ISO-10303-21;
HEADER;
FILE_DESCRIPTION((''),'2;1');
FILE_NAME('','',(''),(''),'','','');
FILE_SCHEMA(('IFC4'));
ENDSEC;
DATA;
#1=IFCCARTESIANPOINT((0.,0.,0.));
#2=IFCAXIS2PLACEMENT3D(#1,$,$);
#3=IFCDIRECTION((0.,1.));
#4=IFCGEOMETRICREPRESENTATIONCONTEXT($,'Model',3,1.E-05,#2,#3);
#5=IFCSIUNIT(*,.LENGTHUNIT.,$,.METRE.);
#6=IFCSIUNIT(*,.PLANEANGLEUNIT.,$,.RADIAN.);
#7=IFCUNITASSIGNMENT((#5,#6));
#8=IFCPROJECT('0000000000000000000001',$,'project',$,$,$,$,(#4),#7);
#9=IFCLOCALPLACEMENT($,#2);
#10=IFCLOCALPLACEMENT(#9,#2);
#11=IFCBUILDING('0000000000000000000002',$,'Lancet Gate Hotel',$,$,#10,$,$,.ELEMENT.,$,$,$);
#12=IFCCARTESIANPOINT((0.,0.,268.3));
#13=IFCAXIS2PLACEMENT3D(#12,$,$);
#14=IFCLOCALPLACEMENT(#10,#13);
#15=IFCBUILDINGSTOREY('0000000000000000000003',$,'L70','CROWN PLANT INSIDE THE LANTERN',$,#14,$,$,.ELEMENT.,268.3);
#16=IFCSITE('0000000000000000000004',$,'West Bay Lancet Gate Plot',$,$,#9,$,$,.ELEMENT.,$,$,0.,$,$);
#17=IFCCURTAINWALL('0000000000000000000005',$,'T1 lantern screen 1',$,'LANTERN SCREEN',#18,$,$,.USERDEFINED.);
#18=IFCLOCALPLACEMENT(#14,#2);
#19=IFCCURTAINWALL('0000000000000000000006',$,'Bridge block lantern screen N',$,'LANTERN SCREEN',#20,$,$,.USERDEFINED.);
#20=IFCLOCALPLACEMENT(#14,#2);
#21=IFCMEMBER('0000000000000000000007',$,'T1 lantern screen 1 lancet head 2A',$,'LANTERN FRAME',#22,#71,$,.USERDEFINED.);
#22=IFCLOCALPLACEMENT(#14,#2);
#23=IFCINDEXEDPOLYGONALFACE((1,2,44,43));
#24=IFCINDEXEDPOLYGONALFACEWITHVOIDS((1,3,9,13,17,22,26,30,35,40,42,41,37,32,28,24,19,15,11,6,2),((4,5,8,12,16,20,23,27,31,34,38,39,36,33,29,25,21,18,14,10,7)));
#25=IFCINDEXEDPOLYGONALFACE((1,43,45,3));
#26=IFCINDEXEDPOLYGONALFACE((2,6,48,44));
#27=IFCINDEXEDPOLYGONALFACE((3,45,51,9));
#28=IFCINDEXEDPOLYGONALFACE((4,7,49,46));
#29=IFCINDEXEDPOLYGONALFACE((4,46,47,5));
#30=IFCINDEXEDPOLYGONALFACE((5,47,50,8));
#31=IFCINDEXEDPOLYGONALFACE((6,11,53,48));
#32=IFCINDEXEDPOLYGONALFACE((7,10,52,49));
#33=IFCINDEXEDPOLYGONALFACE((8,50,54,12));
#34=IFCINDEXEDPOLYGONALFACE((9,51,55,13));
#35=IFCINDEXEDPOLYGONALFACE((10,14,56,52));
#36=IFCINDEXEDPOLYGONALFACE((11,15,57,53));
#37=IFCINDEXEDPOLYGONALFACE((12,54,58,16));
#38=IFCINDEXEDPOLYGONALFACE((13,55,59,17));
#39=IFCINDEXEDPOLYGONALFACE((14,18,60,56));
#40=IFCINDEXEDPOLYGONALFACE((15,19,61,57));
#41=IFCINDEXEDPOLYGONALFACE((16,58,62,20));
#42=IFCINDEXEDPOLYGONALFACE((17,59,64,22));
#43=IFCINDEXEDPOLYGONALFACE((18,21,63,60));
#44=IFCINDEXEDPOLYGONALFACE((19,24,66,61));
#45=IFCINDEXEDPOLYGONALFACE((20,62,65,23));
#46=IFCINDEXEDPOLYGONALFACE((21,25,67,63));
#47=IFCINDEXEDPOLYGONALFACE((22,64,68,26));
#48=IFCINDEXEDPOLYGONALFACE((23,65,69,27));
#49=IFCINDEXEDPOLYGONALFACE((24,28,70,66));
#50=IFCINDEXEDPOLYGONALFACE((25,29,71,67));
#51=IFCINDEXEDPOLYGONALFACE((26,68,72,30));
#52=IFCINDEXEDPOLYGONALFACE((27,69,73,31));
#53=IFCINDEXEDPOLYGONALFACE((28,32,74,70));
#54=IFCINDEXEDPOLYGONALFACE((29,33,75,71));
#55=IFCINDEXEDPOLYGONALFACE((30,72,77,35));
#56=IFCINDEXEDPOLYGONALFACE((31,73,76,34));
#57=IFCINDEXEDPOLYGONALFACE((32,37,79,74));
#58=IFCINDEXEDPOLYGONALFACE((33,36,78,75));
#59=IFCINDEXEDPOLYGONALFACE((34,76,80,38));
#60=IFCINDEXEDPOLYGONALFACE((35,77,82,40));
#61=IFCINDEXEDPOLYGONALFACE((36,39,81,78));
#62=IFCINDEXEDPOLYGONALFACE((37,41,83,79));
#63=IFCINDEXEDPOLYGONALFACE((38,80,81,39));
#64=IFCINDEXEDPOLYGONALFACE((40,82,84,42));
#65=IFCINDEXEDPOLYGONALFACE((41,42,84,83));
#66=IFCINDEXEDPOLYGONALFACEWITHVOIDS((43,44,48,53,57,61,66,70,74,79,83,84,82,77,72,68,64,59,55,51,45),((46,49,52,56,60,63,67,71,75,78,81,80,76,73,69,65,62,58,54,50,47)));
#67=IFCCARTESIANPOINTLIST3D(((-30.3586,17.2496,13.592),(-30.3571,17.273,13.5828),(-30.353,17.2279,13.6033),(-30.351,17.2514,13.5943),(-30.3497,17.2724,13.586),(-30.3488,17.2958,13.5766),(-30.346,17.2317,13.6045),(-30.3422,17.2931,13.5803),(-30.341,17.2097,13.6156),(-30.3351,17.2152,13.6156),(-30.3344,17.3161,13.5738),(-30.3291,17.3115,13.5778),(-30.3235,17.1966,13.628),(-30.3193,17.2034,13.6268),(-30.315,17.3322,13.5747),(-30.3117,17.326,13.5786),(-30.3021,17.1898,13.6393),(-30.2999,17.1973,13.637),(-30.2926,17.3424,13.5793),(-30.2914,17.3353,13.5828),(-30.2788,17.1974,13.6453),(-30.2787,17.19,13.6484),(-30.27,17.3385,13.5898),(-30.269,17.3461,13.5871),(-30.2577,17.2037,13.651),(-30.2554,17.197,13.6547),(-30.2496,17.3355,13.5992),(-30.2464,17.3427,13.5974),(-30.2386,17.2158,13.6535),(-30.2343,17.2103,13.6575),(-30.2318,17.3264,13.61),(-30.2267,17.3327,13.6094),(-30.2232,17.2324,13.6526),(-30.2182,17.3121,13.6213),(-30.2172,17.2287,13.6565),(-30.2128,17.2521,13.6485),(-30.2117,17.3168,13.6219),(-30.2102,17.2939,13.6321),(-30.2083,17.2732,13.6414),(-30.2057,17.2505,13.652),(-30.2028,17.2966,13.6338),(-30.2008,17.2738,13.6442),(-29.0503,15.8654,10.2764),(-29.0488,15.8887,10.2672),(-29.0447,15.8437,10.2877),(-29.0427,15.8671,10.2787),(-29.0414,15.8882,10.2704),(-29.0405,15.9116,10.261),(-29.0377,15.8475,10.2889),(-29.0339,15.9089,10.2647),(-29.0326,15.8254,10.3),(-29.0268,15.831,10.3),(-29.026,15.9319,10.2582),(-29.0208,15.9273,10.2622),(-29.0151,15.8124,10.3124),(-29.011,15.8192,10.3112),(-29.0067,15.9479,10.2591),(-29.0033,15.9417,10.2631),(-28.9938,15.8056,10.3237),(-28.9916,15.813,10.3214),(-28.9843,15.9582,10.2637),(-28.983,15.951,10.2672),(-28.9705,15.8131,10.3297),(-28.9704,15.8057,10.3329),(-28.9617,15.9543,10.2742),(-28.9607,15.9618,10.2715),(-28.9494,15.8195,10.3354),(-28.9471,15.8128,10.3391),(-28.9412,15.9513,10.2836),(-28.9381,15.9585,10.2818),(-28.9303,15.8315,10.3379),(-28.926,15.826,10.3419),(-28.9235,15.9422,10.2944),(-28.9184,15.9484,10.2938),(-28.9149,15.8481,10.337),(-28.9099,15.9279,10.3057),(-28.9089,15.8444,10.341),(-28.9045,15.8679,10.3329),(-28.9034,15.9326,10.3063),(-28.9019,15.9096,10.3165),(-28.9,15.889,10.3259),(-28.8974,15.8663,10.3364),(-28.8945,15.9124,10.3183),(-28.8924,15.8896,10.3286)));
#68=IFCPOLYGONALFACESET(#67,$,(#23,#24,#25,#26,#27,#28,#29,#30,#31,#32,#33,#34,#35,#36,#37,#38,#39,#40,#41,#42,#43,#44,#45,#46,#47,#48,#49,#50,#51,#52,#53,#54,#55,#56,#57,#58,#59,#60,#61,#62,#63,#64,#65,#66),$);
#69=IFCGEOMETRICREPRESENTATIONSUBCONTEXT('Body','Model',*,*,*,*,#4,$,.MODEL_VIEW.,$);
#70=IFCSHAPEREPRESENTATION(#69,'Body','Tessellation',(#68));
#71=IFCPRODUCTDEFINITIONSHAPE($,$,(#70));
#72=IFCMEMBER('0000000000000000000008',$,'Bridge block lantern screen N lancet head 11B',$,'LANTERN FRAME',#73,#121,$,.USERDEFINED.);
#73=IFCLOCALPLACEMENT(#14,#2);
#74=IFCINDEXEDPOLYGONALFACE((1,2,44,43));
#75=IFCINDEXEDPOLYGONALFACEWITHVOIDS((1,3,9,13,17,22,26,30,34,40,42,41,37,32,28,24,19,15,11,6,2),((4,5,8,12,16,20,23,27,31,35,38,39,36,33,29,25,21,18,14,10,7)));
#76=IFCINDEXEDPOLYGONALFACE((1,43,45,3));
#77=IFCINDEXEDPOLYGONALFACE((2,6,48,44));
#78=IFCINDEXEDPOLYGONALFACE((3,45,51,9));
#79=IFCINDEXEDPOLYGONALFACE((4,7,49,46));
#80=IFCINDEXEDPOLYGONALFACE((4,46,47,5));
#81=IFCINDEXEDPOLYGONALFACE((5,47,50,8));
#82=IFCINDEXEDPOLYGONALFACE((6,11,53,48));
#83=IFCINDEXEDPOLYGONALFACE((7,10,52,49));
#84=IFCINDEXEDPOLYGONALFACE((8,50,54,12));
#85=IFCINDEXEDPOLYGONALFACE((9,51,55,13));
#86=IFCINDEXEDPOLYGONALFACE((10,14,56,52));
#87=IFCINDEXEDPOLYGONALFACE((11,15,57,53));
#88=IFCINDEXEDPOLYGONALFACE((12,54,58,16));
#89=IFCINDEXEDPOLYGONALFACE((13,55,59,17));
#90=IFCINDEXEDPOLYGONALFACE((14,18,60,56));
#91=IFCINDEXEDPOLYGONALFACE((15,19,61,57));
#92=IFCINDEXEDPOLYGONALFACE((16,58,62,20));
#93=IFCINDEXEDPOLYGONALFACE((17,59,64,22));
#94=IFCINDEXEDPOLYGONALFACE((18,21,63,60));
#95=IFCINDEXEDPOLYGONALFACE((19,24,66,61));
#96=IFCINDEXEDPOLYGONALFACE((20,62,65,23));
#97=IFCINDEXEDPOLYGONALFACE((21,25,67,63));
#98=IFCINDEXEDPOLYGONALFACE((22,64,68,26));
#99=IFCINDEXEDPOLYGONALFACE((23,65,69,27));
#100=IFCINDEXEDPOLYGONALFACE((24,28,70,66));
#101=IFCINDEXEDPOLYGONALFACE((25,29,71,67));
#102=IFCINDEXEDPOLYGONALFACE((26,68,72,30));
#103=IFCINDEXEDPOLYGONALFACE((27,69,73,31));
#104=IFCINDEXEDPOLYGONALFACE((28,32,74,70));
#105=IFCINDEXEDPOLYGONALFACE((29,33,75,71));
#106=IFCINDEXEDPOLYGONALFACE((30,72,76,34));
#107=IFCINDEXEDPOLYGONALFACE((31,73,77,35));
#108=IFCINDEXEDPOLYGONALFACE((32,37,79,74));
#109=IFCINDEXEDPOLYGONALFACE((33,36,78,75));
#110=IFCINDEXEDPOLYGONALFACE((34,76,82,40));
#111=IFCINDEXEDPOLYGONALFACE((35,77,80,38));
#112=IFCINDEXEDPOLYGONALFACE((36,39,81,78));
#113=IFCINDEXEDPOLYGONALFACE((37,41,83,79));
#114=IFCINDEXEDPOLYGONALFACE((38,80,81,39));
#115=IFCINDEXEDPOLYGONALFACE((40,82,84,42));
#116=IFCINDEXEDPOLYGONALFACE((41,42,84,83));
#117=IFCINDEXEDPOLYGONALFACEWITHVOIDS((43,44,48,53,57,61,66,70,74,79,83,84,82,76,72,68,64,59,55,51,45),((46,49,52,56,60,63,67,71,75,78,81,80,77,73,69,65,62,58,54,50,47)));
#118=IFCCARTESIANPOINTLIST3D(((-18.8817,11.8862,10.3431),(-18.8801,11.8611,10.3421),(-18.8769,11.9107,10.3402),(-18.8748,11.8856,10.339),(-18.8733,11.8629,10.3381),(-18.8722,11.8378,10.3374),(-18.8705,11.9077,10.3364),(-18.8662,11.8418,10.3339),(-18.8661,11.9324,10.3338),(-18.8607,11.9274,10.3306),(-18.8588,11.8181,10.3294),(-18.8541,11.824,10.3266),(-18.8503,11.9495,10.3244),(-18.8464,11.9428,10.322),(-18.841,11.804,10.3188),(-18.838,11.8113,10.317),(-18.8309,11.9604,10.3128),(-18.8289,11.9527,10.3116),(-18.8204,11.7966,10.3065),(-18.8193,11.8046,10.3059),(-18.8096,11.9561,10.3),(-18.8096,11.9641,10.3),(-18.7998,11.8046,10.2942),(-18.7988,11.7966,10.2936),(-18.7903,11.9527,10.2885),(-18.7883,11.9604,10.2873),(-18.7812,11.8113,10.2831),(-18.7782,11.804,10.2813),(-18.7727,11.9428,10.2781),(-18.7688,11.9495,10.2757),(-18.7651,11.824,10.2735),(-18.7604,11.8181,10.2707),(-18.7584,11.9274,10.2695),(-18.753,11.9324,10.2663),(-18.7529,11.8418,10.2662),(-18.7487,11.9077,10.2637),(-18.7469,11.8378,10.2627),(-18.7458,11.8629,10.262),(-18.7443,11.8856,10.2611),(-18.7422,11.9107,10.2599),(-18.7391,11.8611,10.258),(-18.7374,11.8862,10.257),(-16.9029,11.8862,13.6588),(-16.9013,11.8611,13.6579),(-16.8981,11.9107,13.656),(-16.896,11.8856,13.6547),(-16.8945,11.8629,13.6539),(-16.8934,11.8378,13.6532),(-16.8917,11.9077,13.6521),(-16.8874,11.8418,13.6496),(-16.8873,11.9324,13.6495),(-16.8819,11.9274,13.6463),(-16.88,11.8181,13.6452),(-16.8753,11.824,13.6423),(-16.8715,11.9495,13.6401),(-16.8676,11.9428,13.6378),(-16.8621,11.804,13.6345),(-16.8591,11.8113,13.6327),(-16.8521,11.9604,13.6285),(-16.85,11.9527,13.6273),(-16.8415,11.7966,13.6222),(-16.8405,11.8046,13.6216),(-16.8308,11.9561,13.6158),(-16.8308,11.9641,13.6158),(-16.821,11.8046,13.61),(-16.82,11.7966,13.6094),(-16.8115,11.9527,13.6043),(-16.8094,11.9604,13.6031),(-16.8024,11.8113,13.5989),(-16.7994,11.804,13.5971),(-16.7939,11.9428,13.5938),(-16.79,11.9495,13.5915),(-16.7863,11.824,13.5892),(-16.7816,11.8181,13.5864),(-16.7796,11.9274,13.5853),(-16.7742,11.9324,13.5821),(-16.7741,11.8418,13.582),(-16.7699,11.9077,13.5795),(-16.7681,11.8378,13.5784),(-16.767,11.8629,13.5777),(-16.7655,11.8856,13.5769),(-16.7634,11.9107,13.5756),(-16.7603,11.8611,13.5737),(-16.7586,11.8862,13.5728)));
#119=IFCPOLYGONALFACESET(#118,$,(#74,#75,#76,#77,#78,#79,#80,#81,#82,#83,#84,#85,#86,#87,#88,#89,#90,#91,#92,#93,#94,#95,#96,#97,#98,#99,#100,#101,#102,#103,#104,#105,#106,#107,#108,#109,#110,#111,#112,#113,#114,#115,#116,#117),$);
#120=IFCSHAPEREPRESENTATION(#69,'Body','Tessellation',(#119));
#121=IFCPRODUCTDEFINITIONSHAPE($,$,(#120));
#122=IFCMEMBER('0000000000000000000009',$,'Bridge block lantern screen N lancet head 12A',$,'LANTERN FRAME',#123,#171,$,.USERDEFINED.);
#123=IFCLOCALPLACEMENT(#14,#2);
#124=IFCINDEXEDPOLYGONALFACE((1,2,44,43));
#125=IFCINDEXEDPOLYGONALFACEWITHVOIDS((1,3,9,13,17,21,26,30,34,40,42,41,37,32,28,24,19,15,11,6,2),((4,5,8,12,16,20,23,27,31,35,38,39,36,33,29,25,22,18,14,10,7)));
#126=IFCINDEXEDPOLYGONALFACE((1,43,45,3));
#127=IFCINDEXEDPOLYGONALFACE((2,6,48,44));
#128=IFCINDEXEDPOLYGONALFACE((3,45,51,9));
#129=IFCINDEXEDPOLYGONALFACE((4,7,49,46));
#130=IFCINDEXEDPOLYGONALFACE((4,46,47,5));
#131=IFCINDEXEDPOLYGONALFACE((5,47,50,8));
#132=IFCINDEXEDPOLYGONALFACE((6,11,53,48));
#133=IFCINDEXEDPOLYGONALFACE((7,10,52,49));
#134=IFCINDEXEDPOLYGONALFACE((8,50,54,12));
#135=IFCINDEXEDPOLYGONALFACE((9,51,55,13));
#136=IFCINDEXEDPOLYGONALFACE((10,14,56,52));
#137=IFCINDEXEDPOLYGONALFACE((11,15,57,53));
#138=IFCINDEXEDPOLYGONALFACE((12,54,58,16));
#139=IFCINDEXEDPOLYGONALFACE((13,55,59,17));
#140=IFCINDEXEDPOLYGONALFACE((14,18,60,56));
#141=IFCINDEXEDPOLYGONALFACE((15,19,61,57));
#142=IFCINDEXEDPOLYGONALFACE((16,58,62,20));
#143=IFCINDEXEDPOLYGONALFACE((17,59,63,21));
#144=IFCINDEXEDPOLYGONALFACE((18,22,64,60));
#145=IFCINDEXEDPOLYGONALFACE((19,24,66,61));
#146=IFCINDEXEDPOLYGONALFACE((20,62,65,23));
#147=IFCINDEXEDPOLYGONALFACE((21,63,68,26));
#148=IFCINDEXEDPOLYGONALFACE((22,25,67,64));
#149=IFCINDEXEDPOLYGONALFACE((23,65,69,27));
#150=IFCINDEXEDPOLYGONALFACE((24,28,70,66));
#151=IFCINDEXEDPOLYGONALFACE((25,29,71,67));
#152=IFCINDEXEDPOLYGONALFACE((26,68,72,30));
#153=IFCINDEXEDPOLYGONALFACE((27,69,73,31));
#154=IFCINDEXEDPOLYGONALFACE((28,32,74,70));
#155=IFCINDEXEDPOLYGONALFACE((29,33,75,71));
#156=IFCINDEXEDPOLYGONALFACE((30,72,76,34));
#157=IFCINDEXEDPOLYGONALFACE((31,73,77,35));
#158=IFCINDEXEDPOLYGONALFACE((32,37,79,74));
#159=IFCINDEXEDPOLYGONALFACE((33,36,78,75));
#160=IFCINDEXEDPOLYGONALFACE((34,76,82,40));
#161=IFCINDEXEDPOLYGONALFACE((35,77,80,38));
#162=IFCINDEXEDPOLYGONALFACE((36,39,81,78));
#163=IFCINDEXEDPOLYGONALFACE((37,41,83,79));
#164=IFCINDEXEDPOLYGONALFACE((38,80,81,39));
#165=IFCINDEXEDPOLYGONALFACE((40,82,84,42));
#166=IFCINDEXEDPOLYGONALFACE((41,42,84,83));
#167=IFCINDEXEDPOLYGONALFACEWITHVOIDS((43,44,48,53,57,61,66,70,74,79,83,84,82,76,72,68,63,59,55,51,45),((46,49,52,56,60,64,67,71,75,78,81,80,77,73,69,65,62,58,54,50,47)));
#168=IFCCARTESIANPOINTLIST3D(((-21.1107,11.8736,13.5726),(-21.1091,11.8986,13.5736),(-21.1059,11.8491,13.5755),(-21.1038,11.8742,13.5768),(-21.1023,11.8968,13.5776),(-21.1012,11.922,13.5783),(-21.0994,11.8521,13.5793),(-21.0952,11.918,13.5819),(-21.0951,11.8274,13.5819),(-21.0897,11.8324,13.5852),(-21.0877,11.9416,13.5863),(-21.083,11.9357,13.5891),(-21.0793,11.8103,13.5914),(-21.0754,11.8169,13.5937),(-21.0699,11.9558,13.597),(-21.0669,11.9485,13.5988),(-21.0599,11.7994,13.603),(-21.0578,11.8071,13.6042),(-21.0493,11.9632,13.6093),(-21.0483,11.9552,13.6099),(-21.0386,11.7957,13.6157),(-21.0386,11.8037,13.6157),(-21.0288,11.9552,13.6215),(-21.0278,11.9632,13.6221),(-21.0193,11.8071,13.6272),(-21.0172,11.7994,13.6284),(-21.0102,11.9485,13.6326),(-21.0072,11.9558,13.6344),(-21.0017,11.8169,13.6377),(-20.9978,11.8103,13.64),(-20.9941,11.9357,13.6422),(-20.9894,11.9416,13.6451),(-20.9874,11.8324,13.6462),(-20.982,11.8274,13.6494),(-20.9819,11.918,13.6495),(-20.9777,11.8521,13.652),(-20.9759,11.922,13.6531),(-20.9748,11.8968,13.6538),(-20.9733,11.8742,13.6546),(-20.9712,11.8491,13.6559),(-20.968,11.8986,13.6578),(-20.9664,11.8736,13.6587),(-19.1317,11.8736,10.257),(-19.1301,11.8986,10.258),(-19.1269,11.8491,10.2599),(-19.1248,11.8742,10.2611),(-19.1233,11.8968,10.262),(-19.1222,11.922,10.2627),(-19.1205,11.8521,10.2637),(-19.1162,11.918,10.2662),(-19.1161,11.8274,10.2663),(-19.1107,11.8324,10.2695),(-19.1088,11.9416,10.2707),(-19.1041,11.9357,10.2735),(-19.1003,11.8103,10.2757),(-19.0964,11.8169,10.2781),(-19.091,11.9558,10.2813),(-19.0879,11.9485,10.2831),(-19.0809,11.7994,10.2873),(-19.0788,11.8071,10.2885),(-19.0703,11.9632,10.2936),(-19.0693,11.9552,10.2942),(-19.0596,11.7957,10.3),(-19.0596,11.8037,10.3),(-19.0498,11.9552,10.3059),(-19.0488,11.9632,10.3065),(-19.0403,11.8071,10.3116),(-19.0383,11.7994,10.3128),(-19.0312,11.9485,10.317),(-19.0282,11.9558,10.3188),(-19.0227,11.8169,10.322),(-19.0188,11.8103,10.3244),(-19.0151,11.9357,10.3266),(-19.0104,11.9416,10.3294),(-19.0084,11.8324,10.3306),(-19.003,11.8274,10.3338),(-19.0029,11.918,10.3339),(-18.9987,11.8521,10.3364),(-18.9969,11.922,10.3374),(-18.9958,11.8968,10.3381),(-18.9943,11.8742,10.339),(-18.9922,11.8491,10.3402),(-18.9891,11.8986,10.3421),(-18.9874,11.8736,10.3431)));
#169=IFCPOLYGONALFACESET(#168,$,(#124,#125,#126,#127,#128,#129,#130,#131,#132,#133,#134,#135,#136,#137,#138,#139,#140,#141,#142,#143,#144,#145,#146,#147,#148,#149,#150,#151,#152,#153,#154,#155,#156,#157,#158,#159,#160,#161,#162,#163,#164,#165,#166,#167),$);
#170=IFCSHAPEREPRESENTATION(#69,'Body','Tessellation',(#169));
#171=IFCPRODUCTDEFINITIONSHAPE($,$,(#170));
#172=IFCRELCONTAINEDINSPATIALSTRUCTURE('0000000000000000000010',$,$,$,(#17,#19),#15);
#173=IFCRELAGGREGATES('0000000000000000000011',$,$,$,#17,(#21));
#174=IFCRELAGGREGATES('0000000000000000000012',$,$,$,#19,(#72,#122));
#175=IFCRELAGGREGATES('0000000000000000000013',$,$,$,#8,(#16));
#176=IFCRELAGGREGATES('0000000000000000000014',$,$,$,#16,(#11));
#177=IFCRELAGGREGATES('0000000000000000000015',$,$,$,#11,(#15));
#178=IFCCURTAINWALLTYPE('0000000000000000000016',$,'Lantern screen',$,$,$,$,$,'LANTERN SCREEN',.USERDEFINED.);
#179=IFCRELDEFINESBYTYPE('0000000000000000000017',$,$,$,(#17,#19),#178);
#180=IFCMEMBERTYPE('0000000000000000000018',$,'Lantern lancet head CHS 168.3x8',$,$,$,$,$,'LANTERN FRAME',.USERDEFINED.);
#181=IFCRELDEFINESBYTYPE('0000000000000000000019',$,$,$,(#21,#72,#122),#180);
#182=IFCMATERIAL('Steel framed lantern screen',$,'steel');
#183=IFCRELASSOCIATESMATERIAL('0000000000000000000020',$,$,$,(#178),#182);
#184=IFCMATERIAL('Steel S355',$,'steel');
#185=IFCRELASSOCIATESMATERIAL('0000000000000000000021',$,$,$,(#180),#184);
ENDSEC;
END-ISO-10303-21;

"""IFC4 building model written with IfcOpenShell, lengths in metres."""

from ifc_helpers import new_model, si_unit, direction, frame, origin, origin_2d, place, context, subcontext, project, spatial, hollow_circle, extrude, material, material_profile, profile_set, type_object, element, aggregate, save


model = new_model("IFC4")

# Units and contexts
model_context = context("Model", 3, precision=1e-05, world=origin(), true_north=direction((0.0, 1.0)))
body_context = subcontext(model_context, "Body", "Model", "MODEL_VIEW")
ifc_project = project(units=[si_unit("LENGTHUNIT", "METRE"), si_unit("PLANEANGLEUNIT", "RADIAN")], contexts=[model_context])

# Site, building, storey
site_placement = place(None, origin())
site = spatial("IfcSite", under=ifc_project, at=site_placement, Name="West Bay Lancet Gate Plot", CompositionType="ELEMENT", RefElevation=0.0)
building_placement = place(site_placement, origin())
building = spatial("IfcBuilding", under=site, at=building_placement, Name="Lancet Gate Hotel", CompositionType="ELEMENT")
storey_placement = place(building_placement, frame((0.0, 0.0, 268.3)))
storey = spatial("IfcBuildingStorey", under=building, at=storey_placement, Name="L70", Description="CROWN PLANT INSIDE THE LANTERN", CompositionType="ELEMENT", Elevation=268.3)

# Curtain wall
ifc_material_1 = material(Name="Steel framed lantern screen", Category="steel")
curtain_wall_type = type_object("IfcCurtainWallType", Name="Lantern screen", ElementType="LANTERN SCREEN", PredefinedType="USERDEFINED", material=ifc_material_1)
curtain_wall_1_placement = place(storey_placement, origin())
curtain_wall_1 = element("IfcCurtainWall", 1, at=curtain_wall_1_placement, inside=storey, type_object=curtain_wall_type, Name="T1 lantern screen 1", ObjectType="LANTERN SCREEN", PredefinedType="USERDEFINED")

# Curtain wall
curtain_wall_2_placement = place(storey_placement, origin())
curtain_wall_2 = element("IfcCurtainWall", 2, at=curtain_wall_2_placement, inside=storey, type_object=curtain_wall_type, Name="Bridge block lantern screen N", ObjectType="LANTERN SCREEN", PredefinedType="USERDEFINED")

# Members
ifc_material_2 = material(Name="Steel S355", Category="steel")
ifc_material_profile_1 = material_profile(ifc_material_2, hollow_circle(Radius=0.0842, WallThickness=0.0081, at=origin_2d()), Name="CHS 168.3x8.0")
ifc_profile_set_1 = profile_set([ifc_material_profile_1], Name="Steel S355")
member_type_1 = type_object("IfcMemberType", Name="Lantern lancet head CHS 168.3x8", ElementType="LANTERN FRAME", PredefinedType="USERDEFINED", material=ifc_profile_set_1)
member_1_placement = place(storey_placement, frame((-28.9714, 15.8833, 10.3), z_axis=(-0.342157, 0.362013, 0.867107), x_axis=(-0.726757, -0.686894, 0.0)))
member_1 = element("IfcMember", 3, at=member_1_placement, type_object=member_type_1, Name="T1 lantern screen 1 lancet head 2A", ObjectType="LANTERN FRAME", PredefinedType="USERDEFINED", context=body_context, shape_type="SweptSolid", body=[
    extrude(hollow_circle(Radius=0.0842, WallThickness=0.0081, at=origin_2d()), origin(), (0.0, 0.0, 1.0), 3.8237),
])
member_2_placement = place(storey_placement, frame((-18.8096, 11.8799, 10.3), z_axis=(0.512467, 0.0, 0.858707), x_axis=(0.0, 1.0, 0.0)))
member_2 = element("IfcMember", 4, at=member_2_placement, type_object=member_type_1, Name="Bridge block lantern screen N lancet head 11B", ObjectType="LANTERN FRAME", PredefinedType="USERDEFINED", context=body_context, shape_type="SweptSolid", body=[
    extrude(hollow_circle(Radius=0.0842, WallThickness=0.0081, at=origin_2d()), origin(), (0.0, 0.0, 1.0), 3.8613),
])
member_3_placement = place(storey_placement, frame((-19.0596, 11.8799, 10.3), z_axis=(-0.512514, 0.0, 0.858679), x_axis=(0.0, -1.0, 0.0)))
member_3 = element("IfcMember", 5, at=member_3_placement, type_object=member_type_1, Name="Bridge block lantern screen N lancet head 12A", ObjectType="LANTERN FRAME", PredefinedType="USERDEFINED", context=body_context, shape_type="SweptSolid", body=[
    extrude(hollow_circle(Radius=0.0842, WallThickness=0.0081, at=origin_2d()), origin(), (0.0, 0.0, 1.0), 3.8613),
])

aggregate(curtain_wall_1, [member_1])
aggregate(curtain_wall_2, [member_2, member_3])

save(model, "model.ifc")
